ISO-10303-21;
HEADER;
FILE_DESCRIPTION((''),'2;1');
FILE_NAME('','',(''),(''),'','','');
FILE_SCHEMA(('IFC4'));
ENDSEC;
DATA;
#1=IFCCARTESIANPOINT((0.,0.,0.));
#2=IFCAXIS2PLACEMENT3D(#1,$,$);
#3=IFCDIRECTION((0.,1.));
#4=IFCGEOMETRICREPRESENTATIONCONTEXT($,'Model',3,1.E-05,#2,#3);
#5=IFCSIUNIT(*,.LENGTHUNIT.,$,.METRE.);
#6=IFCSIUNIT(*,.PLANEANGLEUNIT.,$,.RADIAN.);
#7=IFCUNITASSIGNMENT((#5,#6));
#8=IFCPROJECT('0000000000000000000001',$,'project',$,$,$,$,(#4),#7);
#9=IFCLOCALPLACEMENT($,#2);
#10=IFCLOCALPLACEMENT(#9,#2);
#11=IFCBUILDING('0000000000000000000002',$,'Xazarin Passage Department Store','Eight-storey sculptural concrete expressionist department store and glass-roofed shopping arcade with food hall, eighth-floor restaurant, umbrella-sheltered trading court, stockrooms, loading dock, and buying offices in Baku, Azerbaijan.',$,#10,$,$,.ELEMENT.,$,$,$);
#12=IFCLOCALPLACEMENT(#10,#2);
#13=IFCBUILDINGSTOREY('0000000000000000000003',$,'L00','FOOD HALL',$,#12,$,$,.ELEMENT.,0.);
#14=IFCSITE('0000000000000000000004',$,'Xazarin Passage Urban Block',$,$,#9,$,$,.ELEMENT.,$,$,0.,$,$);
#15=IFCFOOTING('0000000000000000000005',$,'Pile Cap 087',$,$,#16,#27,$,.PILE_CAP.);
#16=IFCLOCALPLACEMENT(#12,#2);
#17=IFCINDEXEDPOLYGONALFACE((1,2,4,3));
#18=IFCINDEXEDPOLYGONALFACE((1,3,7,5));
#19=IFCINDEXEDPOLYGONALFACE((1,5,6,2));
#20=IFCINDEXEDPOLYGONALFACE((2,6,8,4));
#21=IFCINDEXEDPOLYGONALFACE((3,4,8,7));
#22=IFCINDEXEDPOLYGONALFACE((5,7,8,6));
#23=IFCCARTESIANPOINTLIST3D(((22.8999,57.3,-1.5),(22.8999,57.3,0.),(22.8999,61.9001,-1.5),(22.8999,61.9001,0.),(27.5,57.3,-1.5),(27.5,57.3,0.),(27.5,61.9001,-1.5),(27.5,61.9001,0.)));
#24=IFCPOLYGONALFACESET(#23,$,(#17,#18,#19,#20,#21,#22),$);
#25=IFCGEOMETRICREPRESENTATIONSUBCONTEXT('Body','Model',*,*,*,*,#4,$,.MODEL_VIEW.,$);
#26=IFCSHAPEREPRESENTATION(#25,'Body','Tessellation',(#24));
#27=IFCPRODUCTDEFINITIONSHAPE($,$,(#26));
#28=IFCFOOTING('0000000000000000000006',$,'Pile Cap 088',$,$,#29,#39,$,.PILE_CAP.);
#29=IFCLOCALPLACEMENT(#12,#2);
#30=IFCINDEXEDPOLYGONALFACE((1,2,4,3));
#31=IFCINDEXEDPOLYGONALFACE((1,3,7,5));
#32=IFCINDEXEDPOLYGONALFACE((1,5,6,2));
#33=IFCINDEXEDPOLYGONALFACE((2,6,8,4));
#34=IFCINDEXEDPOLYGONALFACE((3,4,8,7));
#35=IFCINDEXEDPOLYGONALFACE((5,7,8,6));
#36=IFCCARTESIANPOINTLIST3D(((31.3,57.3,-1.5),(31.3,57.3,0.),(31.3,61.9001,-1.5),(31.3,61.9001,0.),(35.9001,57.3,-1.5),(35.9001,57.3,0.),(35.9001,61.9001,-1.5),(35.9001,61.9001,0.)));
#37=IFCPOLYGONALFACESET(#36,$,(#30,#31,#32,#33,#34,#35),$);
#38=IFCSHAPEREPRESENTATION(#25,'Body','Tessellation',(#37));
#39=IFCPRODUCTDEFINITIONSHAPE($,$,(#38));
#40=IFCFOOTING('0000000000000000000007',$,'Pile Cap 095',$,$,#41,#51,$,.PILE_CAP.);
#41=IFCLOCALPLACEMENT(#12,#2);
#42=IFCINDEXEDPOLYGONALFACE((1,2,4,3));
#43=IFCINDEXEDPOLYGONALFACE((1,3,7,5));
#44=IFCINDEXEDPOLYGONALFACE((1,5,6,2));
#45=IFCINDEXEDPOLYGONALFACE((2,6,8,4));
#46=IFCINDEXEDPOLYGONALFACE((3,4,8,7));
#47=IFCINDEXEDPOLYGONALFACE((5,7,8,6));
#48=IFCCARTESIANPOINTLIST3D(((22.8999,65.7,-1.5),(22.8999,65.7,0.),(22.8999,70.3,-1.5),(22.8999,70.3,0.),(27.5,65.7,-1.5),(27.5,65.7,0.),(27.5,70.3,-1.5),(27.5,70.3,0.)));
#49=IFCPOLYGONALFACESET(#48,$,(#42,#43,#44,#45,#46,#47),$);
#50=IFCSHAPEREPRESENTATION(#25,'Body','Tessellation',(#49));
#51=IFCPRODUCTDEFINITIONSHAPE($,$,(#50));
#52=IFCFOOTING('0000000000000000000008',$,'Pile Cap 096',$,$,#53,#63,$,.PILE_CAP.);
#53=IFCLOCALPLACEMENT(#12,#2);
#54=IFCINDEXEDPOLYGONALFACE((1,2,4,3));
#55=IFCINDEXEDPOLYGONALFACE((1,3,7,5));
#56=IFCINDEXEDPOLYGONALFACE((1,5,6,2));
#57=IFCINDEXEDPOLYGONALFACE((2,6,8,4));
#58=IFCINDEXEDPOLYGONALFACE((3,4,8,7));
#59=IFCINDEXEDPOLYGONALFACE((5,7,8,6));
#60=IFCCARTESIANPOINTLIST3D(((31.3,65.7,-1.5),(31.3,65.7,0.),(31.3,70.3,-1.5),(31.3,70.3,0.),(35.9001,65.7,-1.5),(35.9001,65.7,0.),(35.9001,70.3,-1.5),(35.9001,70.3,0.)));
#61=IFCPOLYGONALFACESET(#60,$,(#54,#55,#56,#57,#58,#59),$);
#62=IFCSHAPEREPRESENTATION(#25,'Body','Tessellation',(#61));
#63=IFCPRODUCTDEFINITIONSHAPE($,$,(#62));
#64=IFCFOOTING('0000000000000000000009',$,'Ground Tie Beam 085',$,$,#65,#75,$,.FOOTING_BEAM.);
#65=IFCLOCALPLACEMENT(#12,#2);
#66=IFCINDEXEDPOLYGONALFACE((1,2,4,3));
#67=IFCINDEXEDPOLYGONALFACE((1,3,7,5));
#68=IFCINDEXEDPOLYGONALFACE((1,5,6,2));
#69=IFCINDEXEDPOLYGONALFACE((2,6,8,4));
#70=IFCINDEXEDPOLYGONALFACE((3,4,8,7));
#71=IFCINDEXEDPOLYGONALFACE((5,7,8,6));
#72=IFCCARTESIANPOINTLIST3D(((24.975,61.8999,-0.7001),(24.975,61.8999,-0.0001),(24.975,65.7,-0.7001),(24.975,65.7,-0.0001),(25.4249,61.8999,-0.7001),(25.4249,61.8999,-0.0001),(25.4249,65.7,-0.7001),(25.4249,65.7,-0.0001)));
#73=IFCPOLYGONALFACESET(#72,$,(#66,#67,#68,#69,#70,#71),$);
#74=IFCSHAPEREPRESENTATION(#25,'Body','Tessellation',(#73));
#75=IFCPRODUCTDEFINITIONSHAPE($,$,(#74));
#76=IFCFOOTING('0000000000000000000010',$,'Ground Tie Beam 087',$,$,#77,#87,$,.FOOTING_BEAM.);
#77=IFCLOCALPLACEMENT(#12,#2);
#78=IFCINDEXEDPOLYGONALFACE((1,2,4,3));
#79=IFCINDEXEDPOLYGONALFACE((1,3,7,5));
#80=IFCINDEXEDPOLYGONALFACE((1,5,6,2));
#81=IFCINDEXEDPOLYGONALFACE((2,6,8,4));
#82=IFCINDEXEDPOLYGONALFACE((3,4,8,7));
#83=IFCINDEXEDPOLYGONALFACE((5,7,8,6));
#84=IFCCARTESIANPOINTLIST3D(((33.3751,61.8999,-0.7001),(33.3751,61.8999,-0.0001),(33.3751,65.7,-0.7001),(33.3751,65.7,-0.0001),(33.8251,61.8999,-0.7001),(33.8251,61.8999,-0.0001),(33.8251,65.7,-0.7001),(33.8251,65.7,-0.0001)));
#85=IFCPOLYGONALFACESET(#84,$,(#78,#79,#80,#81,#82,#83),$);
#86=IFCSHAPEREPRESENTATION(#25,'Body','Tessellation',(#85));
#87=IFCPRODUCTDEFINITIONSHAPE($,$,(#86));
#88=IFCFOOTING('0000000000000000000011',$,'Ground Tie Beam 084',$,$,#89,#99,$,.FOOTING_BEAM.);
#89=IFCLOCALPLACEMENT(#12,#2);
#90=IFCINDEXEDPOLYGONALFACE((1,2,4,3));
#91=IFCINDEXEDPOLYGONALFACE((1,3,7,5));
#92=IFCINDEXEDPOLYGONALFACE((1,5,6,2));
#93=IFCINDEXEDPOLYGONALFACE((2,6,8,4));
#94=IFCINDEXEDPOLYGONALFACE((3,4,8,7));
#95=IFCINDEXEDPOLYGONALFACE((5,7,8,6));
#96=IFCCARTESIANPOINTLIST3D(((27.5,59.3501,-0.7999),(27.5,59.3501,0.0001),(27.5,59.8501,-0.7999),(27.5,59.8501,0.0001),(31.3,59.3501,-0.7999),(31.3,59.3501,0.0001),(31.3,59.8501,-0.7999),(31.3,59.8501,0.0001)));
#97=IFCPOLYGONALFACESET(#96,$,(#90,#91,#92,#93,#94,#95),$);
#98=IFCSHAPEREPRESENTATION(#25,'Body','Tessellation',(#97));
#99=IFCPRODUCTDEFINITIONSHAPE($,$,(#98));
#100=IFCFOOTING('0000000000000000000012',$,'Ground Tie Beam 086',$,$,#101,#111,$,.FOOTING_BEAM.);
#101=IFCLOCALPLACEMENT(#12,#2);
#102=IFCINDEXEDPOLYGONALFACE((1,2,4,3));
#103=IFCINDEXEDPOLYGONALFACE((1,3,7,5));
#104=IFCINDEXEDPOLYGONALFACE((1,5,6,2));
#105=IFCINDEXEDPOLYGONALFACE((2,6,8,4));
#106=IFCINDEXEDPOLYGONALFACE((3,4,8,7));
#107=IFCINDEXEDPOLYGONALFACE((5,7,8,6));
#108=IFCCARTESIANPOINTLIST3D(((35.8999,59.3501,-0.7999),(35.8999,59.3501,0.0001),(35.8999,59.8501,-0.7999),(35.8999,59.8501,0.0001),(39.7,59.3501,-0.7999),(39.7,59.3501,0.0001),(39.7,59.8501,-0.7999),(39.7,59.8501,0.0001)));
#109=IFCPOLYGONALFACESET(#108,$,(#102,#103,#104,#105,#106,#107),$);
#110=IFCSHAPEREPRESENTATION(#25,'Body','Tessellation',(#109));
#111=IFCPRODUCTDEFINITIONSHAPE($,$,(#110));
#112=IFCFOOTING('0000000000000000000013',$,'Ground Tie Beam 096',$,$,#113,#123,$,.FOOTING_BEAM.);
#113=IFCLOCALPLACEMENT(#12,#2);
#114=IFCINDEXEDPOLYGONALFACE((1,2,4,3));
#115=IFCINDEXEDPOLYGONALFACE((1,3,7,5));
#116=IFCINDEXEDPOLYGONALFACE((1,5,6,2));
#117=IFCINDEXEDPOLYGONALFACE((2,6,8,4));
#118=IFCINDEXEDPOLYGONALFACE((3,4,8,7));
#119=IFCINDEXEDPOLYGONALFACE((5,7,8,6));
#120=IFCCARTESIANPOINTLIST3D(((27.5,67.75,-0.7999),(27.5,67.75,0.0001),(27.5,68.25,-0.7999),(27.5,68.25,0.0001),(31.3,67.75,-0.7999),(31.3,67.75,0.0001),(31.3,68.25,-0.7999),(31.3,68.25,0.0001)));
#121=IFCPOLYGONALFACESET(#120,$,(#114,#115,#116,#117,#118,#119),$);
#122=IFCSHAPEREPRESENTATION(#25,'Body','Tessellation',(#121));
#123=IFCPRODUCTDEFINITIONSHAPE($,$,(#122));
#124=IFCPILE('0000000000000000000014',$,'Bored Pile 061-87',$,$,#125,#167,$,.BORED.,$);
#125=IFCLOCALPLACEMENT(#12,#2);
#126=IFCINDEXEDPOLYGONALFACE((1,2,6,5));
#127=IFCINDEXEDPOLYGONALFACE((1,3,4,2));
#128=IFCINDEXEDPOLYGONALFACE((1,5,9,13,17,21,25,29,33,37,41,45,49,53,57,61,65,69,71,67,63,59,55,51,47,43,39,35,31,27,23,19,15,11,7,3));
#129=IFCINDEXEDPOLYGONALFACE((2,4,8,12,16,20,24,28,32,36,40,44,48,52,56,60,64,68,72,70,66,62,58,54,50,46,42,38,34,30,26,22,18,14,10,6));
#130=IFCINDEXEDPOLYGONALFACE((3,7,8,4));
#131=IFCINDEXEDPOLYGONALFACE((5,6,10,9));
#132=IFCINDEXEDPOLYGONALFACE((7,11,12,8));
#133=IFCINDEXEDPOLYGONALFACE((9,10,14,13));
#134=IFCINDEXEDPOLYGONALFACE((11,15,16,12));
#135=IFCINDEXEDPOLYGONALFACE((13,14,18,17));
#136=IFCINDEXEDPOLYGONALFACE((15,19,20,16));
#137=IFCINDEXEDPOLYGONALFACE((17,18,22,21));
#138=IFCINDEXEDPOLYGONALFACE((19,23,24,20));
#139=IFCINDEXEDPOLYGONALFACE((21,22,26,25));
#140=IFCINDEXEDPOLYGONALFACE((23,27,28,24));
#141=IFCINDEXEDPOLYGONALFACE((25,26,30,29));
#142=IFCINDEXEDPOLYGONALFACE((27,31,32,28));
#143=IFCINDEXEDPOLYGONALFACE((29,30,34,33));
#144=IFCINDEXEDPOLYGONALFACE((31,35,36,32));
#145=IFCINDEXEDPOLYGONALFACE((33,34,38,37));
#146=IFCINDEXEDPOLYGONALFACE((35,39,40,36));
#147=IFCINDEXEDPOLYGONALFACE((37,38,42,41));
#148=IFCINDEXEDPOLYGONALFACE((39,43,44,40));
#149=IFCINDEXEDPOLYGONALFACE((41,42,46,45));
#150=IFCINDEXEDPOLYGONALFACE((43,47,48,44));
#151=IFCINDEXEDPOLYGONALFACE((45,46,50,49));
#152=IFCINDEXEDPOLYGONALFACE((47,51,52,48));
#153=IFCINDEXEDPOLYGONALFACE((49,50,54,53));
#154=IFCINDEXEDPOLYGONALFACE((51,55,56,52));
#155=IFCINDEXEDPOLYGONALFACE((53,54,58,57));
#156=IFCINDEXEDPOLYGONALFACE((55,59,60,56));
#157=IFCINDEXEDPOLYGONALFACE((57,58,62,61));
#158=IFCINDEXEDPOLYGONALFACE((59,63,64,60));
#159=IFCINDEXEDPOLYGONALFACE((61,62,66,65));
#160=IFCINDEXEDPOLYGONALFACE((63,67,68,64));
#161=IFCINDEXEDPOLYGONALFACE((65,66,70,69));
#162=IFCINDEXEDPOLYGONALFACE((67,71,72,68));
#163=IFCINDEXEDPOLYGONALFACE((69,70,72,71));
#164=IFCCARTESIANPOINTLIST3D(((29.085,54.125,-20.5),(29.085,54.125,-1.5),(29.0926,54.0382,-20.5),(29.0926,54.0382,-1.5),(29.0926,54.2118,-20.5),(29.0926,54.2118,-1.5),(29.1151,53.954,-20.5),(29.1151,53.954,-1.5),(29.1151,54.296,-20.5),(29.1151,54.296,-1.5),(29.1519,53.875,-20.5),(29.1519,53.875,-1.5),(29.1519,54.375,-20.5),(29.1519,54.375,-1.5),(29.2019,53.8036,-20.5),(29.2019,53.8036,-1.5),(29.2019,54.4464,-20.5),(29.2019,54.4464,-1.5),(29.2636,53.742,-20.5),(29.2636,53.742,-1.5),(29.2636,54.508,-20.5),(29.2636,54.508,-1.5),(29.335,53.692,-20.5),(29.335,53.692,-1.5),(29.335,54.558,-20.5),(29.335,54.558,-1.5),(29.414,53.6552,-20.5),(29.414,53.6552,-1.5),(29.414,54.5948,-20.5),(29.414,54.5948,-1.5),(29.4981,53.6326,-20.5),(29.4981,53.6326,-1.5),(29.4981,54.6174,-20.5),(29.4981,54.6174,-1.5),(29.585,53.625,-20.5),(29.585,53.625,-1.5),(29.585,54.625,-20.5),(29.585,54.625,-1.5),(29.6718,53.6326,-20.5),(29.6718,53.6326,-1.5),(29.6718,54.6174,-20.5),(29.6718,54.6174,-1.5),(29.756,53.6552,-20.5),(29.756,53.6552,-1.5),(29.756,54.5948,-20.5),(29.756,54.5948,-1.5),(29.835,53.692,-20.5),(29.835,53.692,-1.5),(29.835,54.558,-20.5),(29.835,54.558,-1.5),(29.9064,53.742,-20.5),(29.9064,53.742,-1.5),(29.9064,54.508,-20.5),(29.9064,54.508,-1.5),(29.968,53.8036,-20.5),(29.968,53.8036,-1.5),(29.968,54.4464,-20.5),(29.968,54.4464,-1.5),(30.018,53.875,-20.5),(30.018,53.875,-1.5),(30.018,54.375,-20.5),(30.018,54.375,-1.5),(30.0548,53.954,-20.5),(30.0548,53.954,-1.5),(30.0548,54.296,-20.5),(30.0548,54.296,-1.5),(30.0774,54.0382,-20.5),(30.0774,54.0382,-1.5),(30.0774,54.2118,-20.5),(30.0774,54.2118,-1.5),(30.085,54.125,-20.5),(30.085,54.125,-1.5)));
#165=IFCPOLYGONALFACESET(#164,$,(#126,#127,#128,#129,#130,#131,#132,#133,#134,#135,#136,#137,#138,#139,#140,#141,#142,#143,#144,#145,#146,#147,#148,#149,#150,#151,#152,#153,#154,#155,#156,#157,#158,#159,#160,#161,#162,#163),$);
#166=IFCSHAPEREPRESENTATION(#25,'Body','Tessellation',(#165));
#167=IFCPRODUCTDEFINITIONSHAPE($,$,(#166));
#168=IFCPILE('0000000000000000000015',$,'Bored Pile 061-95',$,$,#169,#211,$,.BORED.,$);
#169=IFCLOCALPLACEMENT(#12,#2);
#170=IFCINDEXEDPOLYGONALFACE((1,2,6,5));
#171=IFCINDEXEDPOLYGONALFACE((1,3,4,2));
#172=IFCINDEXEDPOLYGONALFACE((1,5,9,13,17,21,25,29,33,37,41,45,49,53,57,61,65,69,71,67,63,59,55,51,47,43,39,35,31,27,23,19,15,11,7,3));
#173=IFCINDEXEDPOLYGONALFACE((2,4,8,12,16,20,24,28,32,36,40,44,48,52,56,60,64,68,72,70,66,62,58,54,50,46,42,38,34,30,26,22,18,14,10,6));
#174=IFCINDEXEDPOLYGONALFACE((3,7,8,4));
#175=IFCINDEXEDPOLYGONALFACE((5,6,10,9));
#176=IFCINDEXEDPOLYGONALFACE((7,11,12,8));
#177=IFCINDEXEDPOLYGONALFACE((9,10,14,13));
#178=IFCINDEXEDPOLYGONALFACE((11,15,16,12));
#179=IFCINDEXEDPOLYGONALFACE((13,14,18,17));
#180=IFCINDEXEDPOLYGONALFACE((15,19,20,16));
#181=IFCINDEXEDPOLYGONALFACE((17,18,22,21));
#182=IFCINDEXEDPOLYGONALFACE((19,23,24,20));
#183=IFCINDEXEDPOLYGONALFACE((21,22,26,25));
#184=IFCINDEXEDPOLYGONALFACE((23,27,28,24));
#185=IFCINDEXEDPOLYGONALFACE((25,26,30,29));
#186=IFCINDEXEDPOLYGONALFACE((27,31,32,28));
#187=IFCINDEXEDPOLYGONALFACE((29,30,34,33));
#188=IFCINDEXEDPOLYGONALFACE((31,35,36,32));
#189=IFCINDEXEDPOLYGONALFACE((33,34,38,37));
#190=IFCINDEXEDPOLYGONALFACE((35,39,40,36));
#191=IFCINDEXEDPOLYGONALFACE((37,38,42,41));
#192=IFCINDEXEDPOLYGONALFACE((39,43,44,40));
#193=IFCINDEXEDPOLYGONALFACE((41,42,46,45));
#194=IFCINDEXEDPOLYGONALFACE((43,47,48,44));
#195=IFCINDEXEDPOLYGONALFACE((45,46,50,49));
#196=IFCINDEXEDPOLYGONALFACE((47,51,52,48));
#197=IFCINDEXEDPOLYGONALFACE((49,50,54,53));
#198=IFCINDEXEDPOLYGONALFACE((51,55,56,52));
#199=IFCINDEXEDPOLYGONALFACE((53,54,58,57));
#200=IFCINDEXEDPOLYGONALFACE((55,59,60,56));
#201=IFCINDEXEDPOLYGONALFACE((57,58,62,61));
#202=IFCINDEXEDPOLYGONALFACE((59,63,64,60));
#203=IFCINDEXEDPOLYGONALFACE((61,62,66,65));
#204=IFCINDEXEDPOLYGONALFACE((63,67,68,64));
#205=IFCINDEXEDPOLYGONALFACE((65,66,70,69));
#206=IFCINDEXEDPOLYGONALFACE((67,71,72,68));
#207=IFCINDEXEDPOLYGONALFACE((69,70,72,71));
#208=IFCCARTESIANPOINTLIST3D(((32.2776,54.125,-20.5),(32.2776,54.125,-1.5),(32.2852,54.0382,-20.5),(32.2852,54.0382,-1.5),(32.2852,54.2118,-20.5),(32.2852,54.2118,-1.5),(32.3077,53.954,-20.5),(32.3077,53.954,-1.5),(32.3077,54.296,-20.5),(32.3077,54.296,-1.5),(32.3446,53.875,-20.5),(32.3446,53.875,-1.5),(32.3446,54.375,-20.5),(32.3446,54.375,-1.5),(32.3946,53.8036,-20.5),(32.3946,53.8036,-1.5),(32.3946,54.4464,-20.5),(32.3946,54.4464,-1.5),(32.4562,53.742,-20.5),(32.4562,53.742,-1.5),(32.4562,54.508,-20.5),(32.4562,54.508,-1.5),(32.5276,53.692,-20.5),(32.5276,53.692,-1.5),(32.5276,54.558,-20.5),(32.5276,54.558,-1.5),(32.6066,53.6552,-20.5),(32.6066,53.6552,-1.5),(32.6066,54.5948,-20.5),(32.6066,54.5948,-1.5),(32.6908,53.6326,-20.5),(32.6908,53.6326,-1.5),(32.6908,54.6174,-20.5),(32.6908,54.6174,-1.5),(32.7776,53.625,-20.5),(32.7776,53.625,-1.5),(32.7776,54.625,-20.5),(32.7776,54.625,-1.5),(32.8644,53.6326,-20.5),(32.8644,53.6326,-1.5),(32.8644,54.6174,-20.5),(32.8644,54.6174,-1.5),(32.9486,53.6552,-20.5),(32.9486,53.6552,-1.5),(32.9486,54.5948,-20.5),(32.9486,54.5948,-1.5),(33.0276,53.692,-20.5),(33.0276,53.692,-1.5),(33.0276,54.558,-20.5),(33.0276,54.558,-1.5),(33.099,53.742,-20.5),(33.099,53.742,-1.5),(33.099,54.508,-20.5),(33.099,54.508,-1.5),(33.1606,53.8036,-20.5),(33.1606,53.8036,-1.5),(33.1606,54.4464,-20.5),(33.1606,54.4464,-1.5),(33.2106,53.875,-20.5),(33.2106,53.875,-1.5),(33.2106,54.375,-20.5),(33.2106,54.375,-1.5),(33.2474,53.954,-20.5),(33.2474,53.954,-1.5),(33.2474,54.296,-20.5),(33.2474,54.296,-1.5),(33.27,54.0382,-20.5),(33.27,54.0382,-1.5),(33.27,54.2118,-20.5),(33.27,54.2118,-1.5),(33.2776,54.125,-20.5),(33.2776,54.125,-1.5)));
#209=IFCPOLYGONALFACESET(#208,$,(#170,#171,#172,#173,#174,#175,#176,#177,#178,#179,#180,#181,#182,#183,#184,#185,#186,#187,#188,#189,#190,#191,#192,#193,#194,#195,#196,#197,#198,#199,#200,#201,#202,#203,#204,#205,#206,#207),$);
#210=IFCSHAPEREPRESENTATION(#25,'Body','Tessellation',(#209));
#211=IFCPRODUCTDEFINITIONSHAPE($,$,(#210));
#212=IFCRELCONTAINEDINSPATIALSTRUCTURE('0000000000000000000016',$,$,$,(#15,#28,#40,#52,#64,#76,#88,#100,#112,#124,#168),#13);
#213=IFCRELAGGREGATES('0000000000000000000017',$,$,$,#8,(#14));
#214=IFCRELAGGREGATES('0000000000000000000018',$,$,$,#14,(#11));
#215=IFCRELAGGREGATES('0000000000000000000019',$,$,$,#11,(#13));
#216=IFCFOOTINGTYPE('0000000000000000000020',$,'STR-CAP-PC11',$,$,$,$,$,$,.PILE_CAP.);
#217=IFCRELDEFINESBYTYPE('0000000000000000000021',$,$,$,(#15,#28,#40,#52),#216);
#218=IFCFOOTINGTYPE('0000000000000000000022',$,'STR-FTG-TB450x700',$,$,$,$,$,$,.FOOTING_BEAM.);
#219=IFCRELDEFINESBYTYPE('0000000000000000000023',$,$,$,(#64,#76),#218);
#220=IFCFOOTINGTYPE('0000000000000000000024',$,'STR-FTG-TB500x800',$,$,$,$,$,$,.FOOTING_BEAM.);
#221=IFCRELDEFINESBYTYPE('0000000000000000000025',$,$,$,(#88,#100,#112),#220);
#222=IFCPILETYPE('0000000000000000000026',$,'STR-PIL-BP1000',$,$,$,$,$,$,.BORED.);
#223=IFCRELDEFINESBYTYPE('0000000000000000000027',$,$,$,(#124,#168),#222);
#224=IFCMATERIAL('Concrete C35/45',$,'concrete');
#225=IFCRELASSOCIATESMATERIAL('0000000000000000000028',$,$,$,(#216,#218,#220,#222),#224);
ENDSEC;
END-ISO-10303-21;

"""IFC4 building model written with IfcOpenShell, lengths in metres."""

from ifc_helpers import new_model, si_unit, direction, frame, origin, origin_2d, place, context, subcontext, project, spatial, rectangle, circle, extrude, material, material_profile, profile_set, type_object, element, save


model = new_model("IFC4")

# Units and contexts
model_context = context("Model", 3, precision=1e-05, world=origin(), true_north=direction((0.0, 1.0)))
body_context = subcontext(model_context, "Body", "Model", "MODEL_VIEW")
ifc_project = project(units=[si_unit("LENGTHUNIT", "METRE"), si_unit("PLANEANGLEUNIT", "RADIAN")], contexts=[model_context])

# Site, building, storey
site_placement = place(None, origin())
site = spatial("IfcSite", under=ifc_project, at=site_placement, Name="Xazarin Passage Urban Block", CompositionType="ELEMENT", RefElevation=0.0)
building_placement = place(site_placement, origin())
building = spatial("IfcBuilding", under=site, at=building_placement, Name="Xazarin Passage Department Store", Description="Eight-storey sculptural concrete expressionist department store and glass-roofed shopping arcade with food hall, eighth-floor restaurant, umbrella-sheltered trading court, stockrooms, loading dock, and buying offices in Baku, Azerbaijan.", CompositionType="ELEMENT")
storey_placement = place(building_placement, origin())
storey = spatial("IfcBuildingStorey", under=building, at=storey_placement, Name="L00", Description="FOOD HALL", CompositionType="ELEMENT", Elevation=0.0)

# Footings
ifc_material_1 = material(Name="Concrete C35/45", Category="concrete")
footing_type_1 = type_object("IfcFootingType", Name="STR-CAP-PC11", PredefinedType="PILE_CAP", material=ifc_material_1)
for number, where, z_axis, x_axis, name in (
    (1, (25.2, 59.6001, -1.5), (0.0, 0.0, 1.0), (1.0, 0.0, 0.0), "Pile Cap 087"),
    (2, (33.6001, 59.6001, -1.5), (0.0, 0.0, 1.0), (1.0, 0.0, 0.0), "Pile Cap 088"),
    (3, (25.2, 68.0, -1.5), (0.0, 0.0, 1.0), (1.0, 0.0, 0.0), "Pile Cap 095"),
    (4, (33.6001, 68.0, -1.5), (0.0, 0.0, 1.0), (1.0, 0.0, 0.0), "Pile Cap 096"),
):
    element("IfcFooting", number, at=place(storey_placement, frame(where, z_axis=z_axis, x_axis=x_axis)), inside=storey, type_object=footing_type_1, Name=name, PredefinedType="PILE_CAP", context=body_context, shape_type="SweptSolid", body=[
        extrude(rectangle(XDim=4.6001, YDim=4.6001, at=origin_2d()), origin(), (0.0, 0.0, 1.0), 1.5),
    ])
ifc_material_profile_1 = material_profile(ifc_material_1, rectangle(XDim=0.45, YDim=0.7, at=origin_2d()), Name="RC 450x700")
ifc_profile_set_1 = profile_set([ifc_material_profile_1], Name="Concrete C35/45")
footing_type_2 = type_object("IfcFootingType", Name="STR-FTG-TB450x700", PredefinedType="FOOTING_BEAM", material=ifc_profile_set_1)
for number, where, z_axis, x_axis, name in (
    (5, (25.2, 61.8999, -0.3501), (0.0, 1.0, 0.0), (-1.0, 0.0, 0.0), "Ground Tie Beam 085"),
    (6, (33.6001, 61.8999, -0.3501), (0.0, 1.0, 0.0), (-1.0, 0.0, 0.0), "Ground Tie Beam 087"),
):
    element("IfcFooting", number, at=place(storey_placement, frame(where, z_axis=z_axis, x_axis=x_axis)), inside=storey, type_object=footing_type_2, Name=name, PredefinedType="FOOTING_BEAM", context=body_context, shape_type="SweptSolid", body=[
        extrude(rectangle(XDim=0.45, YDim=0.7, at=origin_2d()), origin(), (0.0, 0.0, 1.0), 3.8),
    ])
ifc_material_profile_2 = material_profile(ifc_material_1, rectangle(XDim=0.5, YDim=0.8, at=origin_2d()), Name="RC 500x800")
ifc_profile_set_2 = profile_set([ifc_material_profile_2], Name="Concrete C35/45")
footing_type_3 = type_object("IfcFootingType", Name="STR-FTG-TB500x800", PredefinedType="FOOTING_BEAM", material=ifc_profile_set_2)
for number, where, z_axis, x_axis, name in (
    (7, (27.5, 59.6001, -0.3999), (1.0, 0.0, 0.0), (0.0, 1.0, 0.0), "Ground Tie Beam 084"),
    (8, (35.8999, 59.6001, -0.3999), (1.0, 0.0, 0.0), (0.0, 1.0, 0.0), "Ground Tie Beam 086"),
    (9, (27.5, 68.0, -0.3999), (1.0, 0.0, 0.0), (0.0, 1.0, 0.0), "Ground Tie Beam 096"),
):
    element("IfcFooting", number, at=place(storey_placement, frame(where, z_axis=z_axis, x_axis=x_axis)), inside=storey, type_object=footing_type_3, Name=name, PredefinedType="FOOTING_BEAM", context=body_context, shape_type="SweptSolid", body=[
        extrude(rectangle(XDim=0.5, YDim=0.8, at=origin_2d()), origin(), (0.0, 0.0, 1.0), 3.8),
    ])

# Piles
ifc_material_profile_3 = material_profile(ifc_material_1, circle(Radius=0.5, at=origin_2d()), Name="BP 1000")
ifc_profile_set_3 = profile_set([ifc_material_profile_3], Name="Concrete C35/45")
pile_type_1 = type_object("IfcPileType", Name="STR-PIL-BP1000", PredefinedType="BORED", material=ifc_profile_set_3)
for number, where, z_axis, x_axis, name in (
    (10, (29.585, 54.125, -1.5), (0.0, 0.0, -1.0), (1.0, 0.0, 0.0), "Bored Pile 061-87"),
    (11, (32.7776, 54.125, -1.5), (0.0, 0.0, -1.0), (1.0, 0.0, 0.0), "Bored Pile 061-95"),
):
    element("IfcPile", number, at=place(storey_placement, frame(where, z_axis=z_axis, x_axis=x_axis)), inside=storey, type_object=pile_type_1, Name=name, PredefinedType="BORED", context=body_context, shape_type="SweptSolid", body=[
        extrude(circle(Radius=0.5, at=origin_2d()), origin(), (0.0, 0.0, 1.0), 19.0),
    ])

save(model, "model.ifc")
